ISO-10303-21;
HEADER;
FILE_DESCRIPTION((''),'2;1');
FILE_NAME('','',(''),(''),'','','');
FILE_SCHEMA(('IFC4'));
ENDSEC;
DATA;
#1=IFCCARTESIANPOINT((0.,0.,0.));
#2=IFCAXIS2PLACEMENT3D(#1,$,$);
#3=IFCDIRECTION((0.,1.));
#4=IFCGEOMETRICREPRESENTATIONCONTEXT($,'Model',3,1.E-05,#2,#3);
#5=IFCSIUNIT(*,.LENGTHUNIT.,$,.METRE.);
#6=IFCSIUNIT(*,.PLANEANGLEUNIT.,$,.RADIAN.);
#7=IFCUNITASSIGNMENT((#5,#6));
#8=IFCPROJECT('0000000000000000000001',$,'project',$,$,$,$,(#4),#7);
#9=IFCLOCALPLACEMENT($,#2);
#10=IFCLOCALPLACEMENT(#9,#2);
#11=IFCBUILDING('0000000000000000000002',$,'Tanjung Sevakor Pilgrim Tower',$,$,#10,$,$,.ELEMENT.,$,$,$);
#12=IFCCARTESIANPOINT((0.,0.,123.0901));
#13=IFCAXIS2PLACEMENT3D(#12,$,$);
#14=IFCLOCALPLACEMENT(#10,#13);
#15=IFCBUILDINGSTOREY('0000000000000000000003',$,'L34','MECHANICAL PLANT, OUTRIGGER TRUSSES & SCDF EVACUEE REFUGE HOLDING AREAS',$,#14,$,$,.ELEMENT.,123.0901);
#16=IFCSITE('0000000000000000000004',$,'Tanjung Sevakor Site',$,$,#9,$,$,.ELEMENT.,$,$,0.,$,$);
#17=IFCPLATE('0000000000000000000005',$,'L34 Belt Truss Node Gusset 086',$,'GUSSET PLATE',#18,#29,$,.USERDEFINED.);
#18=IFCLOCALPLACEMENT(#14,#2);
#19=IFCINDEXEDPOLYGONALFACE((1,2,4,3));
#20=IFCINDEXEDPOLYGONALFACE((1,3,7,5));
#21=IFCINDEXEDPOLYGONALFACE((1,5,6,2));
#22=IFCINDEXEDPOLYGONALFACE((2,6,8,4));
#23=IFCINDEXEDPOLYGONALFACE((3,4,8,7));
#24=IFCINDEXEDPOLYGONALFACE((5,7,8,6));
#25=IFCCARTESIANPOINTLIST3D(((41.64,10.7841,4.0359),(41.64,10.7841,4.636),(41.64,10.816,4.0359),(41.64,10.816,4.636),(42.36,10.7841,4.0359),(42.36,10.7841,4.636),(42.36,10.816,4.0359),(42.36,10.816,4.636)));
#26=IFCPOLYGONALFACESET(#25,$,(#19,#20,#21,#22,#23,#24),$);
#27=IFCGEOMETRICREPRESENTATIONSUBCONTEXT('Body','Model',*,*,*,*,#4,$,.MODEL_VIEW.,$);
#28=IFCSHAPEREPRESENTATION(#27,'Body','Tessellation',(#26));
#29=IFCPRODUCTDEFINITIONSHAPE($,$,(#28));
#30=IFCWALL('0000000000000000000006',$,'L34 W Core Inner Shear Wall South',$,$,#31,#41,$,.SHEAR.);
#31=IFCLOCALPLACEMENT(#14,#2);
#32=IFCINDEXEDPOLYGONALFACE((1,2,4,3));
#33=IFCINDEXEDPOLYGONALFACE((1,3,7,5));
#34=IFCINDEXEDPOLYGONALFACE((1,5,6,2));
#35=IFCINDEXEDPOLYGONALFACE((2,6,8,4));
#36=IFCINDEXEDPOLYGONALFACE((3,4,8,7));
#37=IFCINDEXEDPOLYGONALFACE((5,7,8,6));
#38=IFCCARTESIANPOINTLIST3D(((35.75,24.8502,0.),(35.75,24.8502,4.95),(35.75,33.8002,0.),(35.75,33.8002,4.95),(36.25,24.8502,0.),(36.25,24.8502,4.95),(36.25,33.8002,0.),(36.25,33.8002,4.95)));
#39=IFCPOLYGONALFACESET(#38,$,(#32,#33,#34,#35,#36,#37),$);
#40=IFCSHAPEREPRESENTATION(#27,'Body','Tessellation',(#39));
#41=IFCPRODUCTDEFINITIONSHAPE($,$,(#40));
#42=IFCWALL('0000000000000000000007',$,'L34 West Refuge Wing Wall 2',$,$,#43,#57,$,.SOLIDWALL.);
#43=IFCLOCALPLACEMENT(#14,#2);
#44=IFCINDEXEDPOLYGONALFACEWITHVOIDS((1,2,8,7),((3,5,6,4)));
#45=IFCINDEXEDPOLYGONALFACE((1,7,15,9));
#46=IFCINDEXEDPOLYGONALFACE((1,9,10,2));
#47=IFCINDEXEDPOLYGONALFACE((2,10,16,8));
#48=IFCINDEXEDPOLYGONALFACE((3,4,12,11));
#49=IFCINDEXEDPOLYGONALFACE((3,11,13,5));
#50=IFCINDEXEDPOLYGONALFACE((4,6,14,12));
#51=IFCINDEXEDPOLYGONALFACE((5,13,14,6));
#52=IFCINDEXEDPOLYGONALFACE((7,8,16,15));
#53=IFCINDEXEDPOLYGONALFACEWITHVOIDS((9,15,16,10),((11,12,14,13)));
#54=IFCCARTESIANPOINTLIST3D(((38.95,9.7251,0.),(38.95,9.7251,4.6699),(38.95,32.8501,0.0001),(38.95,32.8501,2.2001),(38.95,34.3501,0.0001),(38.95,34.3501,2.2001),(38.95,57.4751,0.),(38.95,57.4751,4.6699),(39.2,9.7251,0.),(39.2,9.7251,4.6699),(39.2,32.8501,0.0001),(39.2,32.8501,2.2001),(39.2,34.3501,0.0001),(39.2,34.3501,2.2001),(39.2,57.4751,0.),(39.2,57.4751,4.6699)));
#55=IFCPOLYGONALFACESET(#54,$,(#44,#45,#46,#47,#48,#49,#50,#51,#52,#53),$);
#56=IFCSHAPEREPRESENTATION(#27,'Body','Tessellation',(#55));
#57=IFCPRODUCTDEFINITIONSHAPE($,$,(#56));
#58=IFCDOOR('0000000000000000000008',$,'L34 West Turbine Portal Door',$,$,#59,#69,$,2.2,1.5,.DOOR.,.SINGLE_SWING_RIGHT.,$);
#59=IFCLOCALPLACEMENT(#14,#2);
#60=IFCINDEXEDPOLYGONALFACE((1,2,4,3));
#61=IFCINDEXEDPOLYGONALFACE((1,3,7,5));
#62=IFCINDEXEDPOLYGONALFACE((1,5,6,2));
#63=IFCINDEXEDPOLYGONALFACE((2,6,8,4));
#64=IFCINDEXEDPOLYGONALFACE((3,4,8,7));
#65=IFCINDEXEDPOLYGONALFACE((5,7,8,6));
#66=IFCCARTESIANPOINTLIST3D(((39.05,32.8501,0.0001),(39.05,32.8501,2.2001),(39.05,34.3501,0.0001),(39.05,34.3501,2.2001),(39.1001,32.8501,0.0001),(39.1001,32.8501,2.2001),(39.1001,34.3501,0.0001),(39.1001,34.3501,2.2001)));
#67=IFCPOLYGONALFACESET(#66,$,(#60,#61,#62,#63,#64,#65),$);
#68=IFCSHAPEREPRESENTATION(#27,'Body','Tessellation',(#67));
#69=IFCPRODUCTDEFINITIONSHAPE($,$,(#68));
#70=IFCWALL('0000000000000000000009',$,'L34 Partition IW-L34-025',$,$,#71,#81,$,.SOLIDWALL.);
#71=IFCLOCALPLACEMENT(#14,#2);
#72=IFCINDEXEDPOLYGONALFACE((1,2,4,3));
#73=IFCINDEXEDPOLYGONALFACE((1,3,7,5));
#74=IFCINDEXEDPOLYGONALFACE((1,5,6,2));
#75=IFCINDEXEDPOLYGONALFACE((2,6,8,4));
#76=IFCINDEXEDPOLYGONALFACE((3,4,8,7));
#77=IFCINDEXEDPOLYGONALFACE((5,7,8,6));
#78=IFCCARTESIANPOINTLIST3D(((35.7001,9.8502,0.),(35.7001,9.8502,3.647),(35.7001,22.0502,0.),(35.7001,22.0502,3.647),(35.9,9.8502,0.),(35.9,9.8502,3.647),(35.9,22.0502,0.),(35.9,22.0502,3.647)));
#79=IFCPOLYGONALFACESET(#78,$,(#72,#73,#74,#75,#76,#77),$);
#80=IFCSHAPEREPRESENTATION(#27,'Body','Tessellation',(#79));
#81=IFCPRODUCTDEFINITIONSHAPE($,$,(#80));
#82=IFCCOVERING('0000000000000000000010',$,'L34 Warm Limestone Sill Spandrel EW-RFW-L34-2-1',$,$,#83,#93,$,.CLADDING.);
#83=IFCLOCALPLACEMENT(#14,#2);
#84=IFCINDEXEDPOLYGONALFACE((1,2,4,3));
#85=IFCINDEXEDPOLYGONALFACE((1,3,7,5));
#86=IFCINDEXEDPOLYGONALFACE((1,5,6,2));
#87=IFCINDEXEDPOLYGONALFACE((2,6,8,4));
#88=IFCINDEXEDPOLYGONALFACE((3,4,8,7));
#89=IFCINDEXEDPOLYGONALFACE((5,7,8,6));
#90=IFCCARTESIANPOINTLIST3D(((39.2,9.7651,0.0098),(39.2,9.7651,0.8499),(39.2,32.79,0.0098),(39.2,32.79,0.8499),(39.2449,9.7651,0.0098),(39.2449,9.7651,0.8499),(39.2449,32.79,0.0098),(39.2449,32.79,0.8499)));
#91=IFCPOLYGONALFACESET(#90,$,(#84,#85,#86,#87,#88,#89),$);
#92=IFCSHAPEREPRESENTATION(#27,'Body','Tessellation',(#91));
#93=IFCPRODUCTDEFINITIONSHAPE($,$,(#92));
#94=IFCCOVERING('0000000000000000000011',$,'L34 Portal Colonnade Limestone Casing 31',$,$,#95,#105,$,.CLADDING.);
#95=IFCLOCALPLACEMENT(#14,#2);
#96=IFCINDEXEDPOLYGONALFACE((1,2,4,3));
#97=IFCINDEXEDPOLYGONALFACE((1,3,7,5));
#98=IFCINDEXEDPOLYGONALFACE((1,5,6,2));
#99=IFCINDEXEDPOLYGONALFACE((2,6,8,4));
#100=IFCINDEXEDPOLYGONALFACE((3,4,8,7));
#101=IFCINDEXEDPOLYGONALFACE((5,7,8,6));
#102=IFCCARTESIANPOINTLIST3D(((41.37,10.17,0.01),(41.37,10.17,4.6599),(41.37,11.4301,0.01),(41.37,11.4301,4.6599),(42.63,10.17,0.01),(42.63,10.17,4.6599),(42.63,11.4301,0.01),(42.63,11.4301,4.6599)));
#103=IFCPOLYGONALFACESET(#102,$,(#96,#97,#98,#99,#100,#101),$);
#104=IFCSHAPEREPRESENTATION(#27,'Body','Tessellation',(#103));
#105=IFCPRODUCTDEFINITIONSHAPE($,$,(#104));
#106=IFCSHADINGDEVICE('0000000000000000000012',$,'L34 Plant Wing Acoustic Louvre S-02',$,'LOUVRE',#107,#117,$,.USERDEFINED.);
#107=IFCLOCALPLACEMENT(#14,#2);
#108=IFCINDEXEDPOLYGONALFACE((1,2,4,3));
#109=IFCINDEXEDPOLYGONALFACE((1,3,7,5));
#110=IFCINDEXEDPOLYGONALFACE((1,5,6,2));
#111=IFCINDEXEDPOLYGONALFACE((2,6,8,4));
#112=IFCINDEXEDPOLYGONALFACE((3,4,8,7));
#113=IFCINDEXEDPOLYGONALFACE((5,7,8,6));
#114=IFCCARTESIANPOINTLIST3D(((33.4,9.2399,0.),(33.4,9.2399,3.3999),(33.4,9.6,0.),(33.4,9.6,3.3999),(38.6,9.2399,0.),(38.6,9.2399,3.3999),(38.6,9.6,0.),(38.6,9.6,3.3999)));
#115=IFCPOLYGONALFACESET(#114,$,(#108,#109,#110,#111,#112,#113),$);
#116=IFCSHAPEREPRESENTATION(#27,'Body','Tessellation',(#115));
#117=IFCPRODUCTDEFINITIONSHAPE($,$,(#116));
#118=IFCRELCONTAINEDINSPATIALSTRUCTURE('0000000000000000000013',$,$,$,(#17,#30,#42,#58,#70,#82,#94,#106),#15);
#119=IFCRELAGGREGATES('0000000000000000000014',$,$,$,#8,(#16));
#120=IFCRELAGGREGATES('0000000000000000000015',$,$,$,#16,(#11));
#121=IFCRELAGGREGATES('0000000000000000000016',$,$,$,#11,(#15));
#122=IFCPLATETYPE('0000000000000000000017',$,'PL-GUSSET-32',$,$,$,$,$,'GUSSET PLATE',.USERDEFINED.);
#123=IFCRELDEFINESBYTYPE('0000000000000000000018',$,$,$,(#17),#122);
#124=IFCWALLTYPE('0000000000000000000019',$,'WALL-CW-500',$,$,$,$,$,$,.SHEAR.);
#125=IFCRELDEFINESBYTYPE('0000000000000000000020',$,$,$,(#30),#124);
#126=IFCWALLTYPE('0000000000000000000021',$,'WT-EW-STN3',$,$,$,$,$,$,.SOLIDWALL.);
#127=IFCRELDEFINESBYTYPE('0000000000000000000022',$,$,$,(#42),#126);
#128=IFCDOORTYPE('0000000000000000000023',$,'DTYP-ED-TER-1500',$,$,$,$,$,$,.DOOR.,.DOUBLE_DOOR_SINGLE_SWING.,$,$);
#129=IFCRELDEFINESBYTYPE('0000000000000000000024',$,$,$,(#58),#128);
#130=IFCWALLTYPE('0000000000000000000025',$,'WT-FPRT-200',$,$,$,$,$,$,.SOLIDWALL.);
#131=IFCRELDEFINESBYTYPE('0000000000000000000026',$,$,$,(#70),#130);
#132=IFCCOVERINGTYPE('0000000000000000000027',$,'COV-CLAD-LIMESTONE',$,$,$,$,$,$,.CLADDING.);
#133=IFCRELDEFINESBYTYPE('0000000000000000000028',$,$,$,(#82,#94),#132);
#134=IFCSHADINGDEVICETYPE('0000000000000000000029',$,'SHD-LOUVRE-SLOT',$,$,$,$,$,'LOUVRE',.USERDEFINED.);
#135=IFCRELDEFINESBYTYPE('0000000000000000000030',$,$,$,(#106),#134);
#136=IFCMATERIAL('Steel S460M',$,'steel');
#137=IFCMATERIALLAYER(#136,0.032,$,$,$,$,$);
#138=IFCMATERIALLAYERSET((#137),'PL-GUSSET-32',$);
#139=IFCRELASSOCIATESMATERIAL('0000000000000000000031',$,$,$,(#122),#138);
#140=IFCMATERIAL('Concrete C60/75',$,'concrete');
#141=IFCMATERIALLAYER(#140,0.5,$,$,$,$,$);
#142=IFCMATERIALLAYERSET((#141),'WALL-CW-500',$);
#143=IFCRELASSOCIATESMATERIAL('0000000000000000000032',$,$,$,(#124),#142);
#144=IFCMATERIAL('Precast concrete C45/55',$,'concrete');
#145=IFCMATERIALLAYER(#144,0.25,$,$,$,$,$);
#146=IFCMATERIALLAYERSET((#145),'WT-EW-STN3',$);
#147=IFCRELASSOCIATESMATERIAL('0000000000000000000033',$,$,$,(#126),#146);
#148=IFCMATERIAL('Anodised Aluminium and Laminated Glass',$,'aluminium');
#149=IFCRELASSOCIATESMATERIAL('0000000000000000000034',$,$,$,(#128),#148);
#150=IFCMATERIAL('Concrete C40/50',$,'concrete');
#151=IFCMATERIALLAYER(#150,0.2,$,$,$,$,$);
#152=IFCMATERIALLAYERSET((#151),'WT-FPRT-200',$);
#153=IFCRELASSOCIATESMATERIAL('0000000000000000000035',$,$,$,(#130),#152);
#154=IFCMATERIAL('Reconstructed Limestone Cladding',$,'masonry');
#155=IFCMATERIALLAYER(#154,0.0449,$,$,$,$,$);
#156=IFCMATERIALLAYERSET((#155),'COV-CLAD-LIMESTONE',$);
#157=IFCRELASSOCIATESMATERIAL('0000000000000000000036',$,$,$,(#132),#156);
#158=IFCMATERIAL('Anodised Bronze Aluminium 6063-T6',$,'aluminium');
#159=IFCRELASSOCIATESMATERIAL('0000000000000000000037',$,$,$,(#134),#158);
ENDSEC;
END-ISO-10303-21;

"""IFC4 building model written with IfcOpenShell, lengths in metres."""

from ifc_helpers import new_model, si_unit, direction, frame, frame_2d, origin, origin_2d, place, context, subcontext, project, spatial, rectangle, extrude, material, layer, layer_set, type_object, element, fill, save


model = new_model("IFC4")

# Units and contexts
model_context = context("Model", 3, precision=1e-05, world=origin(), true_north=direction((0.0, 1.0)))
body_context = subcontext(model_context, "Body", "Model", "MODEL_VIEW")
ifc_project = project(units=[si_unit("LENGTHUNIT", "METRE"), si_unit("PLANEANGLEUNIT", "RADIAN")], contexts=[model_context])

# Site, building, storey
site_placement = place(None, origin())
site = spatial("IfcSite", under=ifc_project, at=site_placement, Name="Tanjung Sevakor Site", CompositionType="ELEMENT", RefElevation=0.0)
building_placement = place(site_placement, origin())
building = spatial("IfcBuilding", under=site, at=building_placement, Name="Tanjung Sevakor Pilgrim Tower", CompositionType="ELEMENT")
storey_placement = place(building_placement, frame((0.0, 0.0, 123.0901)))
storey = spatial("IfcBuildingStorey", under=building, at=storey_placement, Name="L34", Description="MECHANICAL PLANT, OUTRIGGER TRUSSES & SCDF EVACUEE REFUGE HOLDING AREAS", CompositionType="ELEMENT", Elevation=123.0901)

# Plate
ifc_material_1 = material(Name="Steel S460M", Category="steel")
ifc_layer_1 = layer(ifc_material_1, 0.032)
ifc_layer_set_1 = layer_set([ifc_layer_1], Name="PL-GUSSET-32")
plate_type_1 = type_object("IfcPlateType", Name="PL-GUSSET-32", ElementType="GUSSET PLATE", PredefinedType="USERDEFINED", material=ifc_layer_set_1)
for number, where, z_axis, x_axis, name in (
    (1, (42.0, 10.8, 4.0359), (0.0, 0.0, 1.0), (1.0, 0.0, 0.0), "L34 Belt Truss Node Gusset 086"),
):
    element("IfcPlate", number, at=place(storey_placement, frame(where, z_axis=z_axis, x_axis=x_axis)), inside=storey, type_object=plate_type_1, Name=name, ObjectType="GUSSET PLATE", PredefinedType="USERDEFINED", context=body_context, shape_type="SweptSolid", body=[
        extrude(rectangle(XDim=0.72, YDim=0.032, at=origin_2d()), origin(), (0.0, 0.0, 1.0), 0.6001),
    ])

# Wall
ifc_material_2 = material(Name="Concrete C60/75", Category="concrete")
ifc_layer_2 = layer(ifc_material_2, 0.5)
ifc_layer_set_2 = layer_set([ifc_layer_2], Name="WALL-CW-500")
wall_type_1 = type_object("IfcWallType", Name="WALL-CW-500", PredefinedType="SHEAR", material=ifc_layer_set_2)
wall_1_placement = place(storey_placement, frame((36.0, 24.8501, 0.0), z_axis=(0.0, 0.0, 1.0), x_axis=(0.0, 1.0, 0.0)))
element("IfcWall", 2, at=wall_1_placement, inside=storey, type_object=wall_type_1, Name="L34 W Core Inner Shear Wall South", PredefinedType="SHEAR", context=body_context, shape_type="SweptSolid", body=[
    extrude(rectangle(XDim=8.95, YDim=0.5, at=frame_2d((4.4751, 0.0))), origin(), (0.0, 0.0, 1.0), 4.95),
])

# Wall, opening, door
ifc_material_3 = material(Name="Precast concrete C45/55", Category="concrete")
ifc_layer_3 = layer(ifc_material_3, 0.25)
ifc_layer_set_3 = layer_set([ifc_layer_3], Name="WT-EW-STN3")
wall_type_2 = type_object("IfcWallType", Name="WT-EW-STN3", PredefinedType="SOLIDWALL", material=ifc_layer_set_3)
wall_2_placement = place(storey_placement, frame((39.075, 9.7251, 0.0), z_axis=(0.0, 0.0, 1.0), x_axis=(0.0, 1.0, 0.0)))
wall_2 = element("IfcWall", 3, at=wall_2_placement, inside=storey, type_object=wall_type_2, Name="L34 West Refuge Wing Wall 2", PredefinedType="SOLIDWALL", context=body_context, shape_type="SweptSolid", body=[
    extrude(rectangle(XDim=47.75, YDim=0.25, at=frame_2d((23.875, 0.0))), origin(), (0.0, 0.0, 1.0), 4.6699),
])
opening_placement = place(wall_2_placement, frame((23.125, 0.0, 0.0)))
opening = element("IfcOpeningElement", 4, at=opening_placement, cuts=wall_2, PredefinedType="OPENING", context=body_context, shape_type="SweptSolid", body=[
    extrude(rectangle(XDim=1.5, YDim=2.2, at=frame_2d((0.75, 1.1001))), frame((0.0, 0.135, 0.0), z_axis=(0.0, -1.0, 0.0), x_axis=(1.0, 0.0, 0.0)), (0.0, 0.0, 1.0), 0.27),
])
ifc_material_4 = material(Name="Anodised Aluminium and Laminated Glass", Category="aluminium")
door_type = type_object("IfcDoorType", Name="DTYP-ED-TER-1500", OperationType="DOUBLE_DOOR_SINGLE_SWING", PredefinedType="DOOR", material=ifc_material_4)
door_placement = place(opening_placement, origin())
door = element("IfcDoor", 5, at=door_placement, inside=storey, type_object=door_type, Name="L34 West Turbine Portal Door", OperationType="SINGLE_SWING_RIGHT", OverallHeight=2.2, OverallWidth=1.5, PredefinedType="DOOR", context=body_context, shape_type="SweptSolid", body=[
    extrude(rectangle(XDim=1.5, YDim=2.2, at=frame_2d((0.75, 1.1001))), frame((0.0, 0.0249, 0.0), z_axis=(0.0, -1.0, 0.0), x_axis=(1.0, 0.0, 0.0)), (0.0, 0.0, 1.0), 0.05),
])
fill(opening, door)

# Wall
ifc_material_5 = material(Name="Concrete C40/50", Category="concrete")
ifc_layer_4 = layer(ifc_material_5, 0.2)
ifc_layer_set_4 = layer_set([ifc_layer_4], Name="WT-FPRT-200")
wall_type_3 = type_object("IfcWallType", Name="WT-FPRT-200", PredefinedType="SOLIDWALL", material=ifc_layer_set_4)
wall_3_placement = place(storey_placement, frame((35.8, 9.8501, 0.0), z_axis=(0.0, 0.0, 1.0), x_axis=(0.0, 1.0, 0.0)))
element("IfcWall", 6, at=wall_3_placement, inside=storey, type_object=wall_type_3, Name="L34 Partition IW-L34-025", PredefinedType="SOLIDWALL", context=body_context, shape_type="SweptSolid", body=[
    extrude(rectangle(XDim=12.2, YDim=0.2, at=frame_2d((6.1001, 0.0))), origin(), (0.0, 0.0, 1.0), 3.647),
])

# Coverings
ifc_material_6 = material(Name="Reconstructed Limestone Cladding", Category="masonry")
ifc_layer_5 = layer(ifc_material_6, 0.0449)
ifc_layer_set_5 = layer_set([ifc_layer_5], Name="COV-CLAD-LIMESTONE")
covering_type = type_object("IfcCoveringType", Name="COV-CLAD-LIMESTONE", PredefinedType="CLADDING", material=ifc_layer_set_5)
covering_1_placement = place(storey_placement, frame((39.2224, 21.2776, 0.0098), z_axis=(0.0, 0.0, 1.0), x_axis=(0.0, 1.0, 0.0)))
element("IfcCovering", 7, at=covering_1_placement, inside=storey, type_object=covering_type, Name="L34 Warm Limestone Sill Spandrel EW-RFW-L34-2-1", PredefinedType="CLADDING", context=body_context, shape_type="SweptSolid", body=[
    extrude(rectangle(XDim=23.0249, YDim=0.0449, at=origin_2d()), origin(), (0.0, 0.0, 1.0), 0.8401),
])
covering_2_placement = place(storey_placement, frame((42.0, 10.8, 0.01), z_axis=(0.0, 0.0, 1.0), x_axis=(1.0, 0.0, 0.0)))
element("IfcCovering", 8, at=covering_2_placement, inside=storey, type_object=covering_type, Name="L34 Portal Colonnade Limestone Casing 31", PredefinedType="CLADDING", context=body_context, shape_type="SweptSolid", body=[
    extrude(rectangle(XDim=1.26, YDim=1.26, at=origin_2d()), origin(), (0.0, 0.0, 1.0), 4.6499),
])

# Shading device
ifc_material_7 = material(Name="Anodised Bronze Aluminium 6063-T6", Category="aluminium")
shading_device_type = type_object("IfcShadingDeviceType", Name="SHD-LOUVRE-SLOT", ElementType="LOUVRE", PredefinedType="USERDEFINED", material=ifc_material_7)
shading_device_placement = place(storey_placement, frame((36.0, 9.4199, 0.0), z_axis=(0.0, 0.0, 1.0), x_axis=(1.0, 0.0, 0.0)))
element("IfcShadingDevice", 9, at=shading_device_placement, inside=storey, type_object=shading_device_type, Name="L34 Plant Wing Acoustic Louvre S-02", ObjectType="LOUVRE", PredefinedType="USERDEFINED", context=body_context, shape_type="SweptSolid", body=[
    extrude(rectangle(XDim=5.2, YDim=0.3601, at=origin_2d()), origin(), (0.0, 0.0, 1.0), 3.3999),
])

save(model, "model.ifc")
